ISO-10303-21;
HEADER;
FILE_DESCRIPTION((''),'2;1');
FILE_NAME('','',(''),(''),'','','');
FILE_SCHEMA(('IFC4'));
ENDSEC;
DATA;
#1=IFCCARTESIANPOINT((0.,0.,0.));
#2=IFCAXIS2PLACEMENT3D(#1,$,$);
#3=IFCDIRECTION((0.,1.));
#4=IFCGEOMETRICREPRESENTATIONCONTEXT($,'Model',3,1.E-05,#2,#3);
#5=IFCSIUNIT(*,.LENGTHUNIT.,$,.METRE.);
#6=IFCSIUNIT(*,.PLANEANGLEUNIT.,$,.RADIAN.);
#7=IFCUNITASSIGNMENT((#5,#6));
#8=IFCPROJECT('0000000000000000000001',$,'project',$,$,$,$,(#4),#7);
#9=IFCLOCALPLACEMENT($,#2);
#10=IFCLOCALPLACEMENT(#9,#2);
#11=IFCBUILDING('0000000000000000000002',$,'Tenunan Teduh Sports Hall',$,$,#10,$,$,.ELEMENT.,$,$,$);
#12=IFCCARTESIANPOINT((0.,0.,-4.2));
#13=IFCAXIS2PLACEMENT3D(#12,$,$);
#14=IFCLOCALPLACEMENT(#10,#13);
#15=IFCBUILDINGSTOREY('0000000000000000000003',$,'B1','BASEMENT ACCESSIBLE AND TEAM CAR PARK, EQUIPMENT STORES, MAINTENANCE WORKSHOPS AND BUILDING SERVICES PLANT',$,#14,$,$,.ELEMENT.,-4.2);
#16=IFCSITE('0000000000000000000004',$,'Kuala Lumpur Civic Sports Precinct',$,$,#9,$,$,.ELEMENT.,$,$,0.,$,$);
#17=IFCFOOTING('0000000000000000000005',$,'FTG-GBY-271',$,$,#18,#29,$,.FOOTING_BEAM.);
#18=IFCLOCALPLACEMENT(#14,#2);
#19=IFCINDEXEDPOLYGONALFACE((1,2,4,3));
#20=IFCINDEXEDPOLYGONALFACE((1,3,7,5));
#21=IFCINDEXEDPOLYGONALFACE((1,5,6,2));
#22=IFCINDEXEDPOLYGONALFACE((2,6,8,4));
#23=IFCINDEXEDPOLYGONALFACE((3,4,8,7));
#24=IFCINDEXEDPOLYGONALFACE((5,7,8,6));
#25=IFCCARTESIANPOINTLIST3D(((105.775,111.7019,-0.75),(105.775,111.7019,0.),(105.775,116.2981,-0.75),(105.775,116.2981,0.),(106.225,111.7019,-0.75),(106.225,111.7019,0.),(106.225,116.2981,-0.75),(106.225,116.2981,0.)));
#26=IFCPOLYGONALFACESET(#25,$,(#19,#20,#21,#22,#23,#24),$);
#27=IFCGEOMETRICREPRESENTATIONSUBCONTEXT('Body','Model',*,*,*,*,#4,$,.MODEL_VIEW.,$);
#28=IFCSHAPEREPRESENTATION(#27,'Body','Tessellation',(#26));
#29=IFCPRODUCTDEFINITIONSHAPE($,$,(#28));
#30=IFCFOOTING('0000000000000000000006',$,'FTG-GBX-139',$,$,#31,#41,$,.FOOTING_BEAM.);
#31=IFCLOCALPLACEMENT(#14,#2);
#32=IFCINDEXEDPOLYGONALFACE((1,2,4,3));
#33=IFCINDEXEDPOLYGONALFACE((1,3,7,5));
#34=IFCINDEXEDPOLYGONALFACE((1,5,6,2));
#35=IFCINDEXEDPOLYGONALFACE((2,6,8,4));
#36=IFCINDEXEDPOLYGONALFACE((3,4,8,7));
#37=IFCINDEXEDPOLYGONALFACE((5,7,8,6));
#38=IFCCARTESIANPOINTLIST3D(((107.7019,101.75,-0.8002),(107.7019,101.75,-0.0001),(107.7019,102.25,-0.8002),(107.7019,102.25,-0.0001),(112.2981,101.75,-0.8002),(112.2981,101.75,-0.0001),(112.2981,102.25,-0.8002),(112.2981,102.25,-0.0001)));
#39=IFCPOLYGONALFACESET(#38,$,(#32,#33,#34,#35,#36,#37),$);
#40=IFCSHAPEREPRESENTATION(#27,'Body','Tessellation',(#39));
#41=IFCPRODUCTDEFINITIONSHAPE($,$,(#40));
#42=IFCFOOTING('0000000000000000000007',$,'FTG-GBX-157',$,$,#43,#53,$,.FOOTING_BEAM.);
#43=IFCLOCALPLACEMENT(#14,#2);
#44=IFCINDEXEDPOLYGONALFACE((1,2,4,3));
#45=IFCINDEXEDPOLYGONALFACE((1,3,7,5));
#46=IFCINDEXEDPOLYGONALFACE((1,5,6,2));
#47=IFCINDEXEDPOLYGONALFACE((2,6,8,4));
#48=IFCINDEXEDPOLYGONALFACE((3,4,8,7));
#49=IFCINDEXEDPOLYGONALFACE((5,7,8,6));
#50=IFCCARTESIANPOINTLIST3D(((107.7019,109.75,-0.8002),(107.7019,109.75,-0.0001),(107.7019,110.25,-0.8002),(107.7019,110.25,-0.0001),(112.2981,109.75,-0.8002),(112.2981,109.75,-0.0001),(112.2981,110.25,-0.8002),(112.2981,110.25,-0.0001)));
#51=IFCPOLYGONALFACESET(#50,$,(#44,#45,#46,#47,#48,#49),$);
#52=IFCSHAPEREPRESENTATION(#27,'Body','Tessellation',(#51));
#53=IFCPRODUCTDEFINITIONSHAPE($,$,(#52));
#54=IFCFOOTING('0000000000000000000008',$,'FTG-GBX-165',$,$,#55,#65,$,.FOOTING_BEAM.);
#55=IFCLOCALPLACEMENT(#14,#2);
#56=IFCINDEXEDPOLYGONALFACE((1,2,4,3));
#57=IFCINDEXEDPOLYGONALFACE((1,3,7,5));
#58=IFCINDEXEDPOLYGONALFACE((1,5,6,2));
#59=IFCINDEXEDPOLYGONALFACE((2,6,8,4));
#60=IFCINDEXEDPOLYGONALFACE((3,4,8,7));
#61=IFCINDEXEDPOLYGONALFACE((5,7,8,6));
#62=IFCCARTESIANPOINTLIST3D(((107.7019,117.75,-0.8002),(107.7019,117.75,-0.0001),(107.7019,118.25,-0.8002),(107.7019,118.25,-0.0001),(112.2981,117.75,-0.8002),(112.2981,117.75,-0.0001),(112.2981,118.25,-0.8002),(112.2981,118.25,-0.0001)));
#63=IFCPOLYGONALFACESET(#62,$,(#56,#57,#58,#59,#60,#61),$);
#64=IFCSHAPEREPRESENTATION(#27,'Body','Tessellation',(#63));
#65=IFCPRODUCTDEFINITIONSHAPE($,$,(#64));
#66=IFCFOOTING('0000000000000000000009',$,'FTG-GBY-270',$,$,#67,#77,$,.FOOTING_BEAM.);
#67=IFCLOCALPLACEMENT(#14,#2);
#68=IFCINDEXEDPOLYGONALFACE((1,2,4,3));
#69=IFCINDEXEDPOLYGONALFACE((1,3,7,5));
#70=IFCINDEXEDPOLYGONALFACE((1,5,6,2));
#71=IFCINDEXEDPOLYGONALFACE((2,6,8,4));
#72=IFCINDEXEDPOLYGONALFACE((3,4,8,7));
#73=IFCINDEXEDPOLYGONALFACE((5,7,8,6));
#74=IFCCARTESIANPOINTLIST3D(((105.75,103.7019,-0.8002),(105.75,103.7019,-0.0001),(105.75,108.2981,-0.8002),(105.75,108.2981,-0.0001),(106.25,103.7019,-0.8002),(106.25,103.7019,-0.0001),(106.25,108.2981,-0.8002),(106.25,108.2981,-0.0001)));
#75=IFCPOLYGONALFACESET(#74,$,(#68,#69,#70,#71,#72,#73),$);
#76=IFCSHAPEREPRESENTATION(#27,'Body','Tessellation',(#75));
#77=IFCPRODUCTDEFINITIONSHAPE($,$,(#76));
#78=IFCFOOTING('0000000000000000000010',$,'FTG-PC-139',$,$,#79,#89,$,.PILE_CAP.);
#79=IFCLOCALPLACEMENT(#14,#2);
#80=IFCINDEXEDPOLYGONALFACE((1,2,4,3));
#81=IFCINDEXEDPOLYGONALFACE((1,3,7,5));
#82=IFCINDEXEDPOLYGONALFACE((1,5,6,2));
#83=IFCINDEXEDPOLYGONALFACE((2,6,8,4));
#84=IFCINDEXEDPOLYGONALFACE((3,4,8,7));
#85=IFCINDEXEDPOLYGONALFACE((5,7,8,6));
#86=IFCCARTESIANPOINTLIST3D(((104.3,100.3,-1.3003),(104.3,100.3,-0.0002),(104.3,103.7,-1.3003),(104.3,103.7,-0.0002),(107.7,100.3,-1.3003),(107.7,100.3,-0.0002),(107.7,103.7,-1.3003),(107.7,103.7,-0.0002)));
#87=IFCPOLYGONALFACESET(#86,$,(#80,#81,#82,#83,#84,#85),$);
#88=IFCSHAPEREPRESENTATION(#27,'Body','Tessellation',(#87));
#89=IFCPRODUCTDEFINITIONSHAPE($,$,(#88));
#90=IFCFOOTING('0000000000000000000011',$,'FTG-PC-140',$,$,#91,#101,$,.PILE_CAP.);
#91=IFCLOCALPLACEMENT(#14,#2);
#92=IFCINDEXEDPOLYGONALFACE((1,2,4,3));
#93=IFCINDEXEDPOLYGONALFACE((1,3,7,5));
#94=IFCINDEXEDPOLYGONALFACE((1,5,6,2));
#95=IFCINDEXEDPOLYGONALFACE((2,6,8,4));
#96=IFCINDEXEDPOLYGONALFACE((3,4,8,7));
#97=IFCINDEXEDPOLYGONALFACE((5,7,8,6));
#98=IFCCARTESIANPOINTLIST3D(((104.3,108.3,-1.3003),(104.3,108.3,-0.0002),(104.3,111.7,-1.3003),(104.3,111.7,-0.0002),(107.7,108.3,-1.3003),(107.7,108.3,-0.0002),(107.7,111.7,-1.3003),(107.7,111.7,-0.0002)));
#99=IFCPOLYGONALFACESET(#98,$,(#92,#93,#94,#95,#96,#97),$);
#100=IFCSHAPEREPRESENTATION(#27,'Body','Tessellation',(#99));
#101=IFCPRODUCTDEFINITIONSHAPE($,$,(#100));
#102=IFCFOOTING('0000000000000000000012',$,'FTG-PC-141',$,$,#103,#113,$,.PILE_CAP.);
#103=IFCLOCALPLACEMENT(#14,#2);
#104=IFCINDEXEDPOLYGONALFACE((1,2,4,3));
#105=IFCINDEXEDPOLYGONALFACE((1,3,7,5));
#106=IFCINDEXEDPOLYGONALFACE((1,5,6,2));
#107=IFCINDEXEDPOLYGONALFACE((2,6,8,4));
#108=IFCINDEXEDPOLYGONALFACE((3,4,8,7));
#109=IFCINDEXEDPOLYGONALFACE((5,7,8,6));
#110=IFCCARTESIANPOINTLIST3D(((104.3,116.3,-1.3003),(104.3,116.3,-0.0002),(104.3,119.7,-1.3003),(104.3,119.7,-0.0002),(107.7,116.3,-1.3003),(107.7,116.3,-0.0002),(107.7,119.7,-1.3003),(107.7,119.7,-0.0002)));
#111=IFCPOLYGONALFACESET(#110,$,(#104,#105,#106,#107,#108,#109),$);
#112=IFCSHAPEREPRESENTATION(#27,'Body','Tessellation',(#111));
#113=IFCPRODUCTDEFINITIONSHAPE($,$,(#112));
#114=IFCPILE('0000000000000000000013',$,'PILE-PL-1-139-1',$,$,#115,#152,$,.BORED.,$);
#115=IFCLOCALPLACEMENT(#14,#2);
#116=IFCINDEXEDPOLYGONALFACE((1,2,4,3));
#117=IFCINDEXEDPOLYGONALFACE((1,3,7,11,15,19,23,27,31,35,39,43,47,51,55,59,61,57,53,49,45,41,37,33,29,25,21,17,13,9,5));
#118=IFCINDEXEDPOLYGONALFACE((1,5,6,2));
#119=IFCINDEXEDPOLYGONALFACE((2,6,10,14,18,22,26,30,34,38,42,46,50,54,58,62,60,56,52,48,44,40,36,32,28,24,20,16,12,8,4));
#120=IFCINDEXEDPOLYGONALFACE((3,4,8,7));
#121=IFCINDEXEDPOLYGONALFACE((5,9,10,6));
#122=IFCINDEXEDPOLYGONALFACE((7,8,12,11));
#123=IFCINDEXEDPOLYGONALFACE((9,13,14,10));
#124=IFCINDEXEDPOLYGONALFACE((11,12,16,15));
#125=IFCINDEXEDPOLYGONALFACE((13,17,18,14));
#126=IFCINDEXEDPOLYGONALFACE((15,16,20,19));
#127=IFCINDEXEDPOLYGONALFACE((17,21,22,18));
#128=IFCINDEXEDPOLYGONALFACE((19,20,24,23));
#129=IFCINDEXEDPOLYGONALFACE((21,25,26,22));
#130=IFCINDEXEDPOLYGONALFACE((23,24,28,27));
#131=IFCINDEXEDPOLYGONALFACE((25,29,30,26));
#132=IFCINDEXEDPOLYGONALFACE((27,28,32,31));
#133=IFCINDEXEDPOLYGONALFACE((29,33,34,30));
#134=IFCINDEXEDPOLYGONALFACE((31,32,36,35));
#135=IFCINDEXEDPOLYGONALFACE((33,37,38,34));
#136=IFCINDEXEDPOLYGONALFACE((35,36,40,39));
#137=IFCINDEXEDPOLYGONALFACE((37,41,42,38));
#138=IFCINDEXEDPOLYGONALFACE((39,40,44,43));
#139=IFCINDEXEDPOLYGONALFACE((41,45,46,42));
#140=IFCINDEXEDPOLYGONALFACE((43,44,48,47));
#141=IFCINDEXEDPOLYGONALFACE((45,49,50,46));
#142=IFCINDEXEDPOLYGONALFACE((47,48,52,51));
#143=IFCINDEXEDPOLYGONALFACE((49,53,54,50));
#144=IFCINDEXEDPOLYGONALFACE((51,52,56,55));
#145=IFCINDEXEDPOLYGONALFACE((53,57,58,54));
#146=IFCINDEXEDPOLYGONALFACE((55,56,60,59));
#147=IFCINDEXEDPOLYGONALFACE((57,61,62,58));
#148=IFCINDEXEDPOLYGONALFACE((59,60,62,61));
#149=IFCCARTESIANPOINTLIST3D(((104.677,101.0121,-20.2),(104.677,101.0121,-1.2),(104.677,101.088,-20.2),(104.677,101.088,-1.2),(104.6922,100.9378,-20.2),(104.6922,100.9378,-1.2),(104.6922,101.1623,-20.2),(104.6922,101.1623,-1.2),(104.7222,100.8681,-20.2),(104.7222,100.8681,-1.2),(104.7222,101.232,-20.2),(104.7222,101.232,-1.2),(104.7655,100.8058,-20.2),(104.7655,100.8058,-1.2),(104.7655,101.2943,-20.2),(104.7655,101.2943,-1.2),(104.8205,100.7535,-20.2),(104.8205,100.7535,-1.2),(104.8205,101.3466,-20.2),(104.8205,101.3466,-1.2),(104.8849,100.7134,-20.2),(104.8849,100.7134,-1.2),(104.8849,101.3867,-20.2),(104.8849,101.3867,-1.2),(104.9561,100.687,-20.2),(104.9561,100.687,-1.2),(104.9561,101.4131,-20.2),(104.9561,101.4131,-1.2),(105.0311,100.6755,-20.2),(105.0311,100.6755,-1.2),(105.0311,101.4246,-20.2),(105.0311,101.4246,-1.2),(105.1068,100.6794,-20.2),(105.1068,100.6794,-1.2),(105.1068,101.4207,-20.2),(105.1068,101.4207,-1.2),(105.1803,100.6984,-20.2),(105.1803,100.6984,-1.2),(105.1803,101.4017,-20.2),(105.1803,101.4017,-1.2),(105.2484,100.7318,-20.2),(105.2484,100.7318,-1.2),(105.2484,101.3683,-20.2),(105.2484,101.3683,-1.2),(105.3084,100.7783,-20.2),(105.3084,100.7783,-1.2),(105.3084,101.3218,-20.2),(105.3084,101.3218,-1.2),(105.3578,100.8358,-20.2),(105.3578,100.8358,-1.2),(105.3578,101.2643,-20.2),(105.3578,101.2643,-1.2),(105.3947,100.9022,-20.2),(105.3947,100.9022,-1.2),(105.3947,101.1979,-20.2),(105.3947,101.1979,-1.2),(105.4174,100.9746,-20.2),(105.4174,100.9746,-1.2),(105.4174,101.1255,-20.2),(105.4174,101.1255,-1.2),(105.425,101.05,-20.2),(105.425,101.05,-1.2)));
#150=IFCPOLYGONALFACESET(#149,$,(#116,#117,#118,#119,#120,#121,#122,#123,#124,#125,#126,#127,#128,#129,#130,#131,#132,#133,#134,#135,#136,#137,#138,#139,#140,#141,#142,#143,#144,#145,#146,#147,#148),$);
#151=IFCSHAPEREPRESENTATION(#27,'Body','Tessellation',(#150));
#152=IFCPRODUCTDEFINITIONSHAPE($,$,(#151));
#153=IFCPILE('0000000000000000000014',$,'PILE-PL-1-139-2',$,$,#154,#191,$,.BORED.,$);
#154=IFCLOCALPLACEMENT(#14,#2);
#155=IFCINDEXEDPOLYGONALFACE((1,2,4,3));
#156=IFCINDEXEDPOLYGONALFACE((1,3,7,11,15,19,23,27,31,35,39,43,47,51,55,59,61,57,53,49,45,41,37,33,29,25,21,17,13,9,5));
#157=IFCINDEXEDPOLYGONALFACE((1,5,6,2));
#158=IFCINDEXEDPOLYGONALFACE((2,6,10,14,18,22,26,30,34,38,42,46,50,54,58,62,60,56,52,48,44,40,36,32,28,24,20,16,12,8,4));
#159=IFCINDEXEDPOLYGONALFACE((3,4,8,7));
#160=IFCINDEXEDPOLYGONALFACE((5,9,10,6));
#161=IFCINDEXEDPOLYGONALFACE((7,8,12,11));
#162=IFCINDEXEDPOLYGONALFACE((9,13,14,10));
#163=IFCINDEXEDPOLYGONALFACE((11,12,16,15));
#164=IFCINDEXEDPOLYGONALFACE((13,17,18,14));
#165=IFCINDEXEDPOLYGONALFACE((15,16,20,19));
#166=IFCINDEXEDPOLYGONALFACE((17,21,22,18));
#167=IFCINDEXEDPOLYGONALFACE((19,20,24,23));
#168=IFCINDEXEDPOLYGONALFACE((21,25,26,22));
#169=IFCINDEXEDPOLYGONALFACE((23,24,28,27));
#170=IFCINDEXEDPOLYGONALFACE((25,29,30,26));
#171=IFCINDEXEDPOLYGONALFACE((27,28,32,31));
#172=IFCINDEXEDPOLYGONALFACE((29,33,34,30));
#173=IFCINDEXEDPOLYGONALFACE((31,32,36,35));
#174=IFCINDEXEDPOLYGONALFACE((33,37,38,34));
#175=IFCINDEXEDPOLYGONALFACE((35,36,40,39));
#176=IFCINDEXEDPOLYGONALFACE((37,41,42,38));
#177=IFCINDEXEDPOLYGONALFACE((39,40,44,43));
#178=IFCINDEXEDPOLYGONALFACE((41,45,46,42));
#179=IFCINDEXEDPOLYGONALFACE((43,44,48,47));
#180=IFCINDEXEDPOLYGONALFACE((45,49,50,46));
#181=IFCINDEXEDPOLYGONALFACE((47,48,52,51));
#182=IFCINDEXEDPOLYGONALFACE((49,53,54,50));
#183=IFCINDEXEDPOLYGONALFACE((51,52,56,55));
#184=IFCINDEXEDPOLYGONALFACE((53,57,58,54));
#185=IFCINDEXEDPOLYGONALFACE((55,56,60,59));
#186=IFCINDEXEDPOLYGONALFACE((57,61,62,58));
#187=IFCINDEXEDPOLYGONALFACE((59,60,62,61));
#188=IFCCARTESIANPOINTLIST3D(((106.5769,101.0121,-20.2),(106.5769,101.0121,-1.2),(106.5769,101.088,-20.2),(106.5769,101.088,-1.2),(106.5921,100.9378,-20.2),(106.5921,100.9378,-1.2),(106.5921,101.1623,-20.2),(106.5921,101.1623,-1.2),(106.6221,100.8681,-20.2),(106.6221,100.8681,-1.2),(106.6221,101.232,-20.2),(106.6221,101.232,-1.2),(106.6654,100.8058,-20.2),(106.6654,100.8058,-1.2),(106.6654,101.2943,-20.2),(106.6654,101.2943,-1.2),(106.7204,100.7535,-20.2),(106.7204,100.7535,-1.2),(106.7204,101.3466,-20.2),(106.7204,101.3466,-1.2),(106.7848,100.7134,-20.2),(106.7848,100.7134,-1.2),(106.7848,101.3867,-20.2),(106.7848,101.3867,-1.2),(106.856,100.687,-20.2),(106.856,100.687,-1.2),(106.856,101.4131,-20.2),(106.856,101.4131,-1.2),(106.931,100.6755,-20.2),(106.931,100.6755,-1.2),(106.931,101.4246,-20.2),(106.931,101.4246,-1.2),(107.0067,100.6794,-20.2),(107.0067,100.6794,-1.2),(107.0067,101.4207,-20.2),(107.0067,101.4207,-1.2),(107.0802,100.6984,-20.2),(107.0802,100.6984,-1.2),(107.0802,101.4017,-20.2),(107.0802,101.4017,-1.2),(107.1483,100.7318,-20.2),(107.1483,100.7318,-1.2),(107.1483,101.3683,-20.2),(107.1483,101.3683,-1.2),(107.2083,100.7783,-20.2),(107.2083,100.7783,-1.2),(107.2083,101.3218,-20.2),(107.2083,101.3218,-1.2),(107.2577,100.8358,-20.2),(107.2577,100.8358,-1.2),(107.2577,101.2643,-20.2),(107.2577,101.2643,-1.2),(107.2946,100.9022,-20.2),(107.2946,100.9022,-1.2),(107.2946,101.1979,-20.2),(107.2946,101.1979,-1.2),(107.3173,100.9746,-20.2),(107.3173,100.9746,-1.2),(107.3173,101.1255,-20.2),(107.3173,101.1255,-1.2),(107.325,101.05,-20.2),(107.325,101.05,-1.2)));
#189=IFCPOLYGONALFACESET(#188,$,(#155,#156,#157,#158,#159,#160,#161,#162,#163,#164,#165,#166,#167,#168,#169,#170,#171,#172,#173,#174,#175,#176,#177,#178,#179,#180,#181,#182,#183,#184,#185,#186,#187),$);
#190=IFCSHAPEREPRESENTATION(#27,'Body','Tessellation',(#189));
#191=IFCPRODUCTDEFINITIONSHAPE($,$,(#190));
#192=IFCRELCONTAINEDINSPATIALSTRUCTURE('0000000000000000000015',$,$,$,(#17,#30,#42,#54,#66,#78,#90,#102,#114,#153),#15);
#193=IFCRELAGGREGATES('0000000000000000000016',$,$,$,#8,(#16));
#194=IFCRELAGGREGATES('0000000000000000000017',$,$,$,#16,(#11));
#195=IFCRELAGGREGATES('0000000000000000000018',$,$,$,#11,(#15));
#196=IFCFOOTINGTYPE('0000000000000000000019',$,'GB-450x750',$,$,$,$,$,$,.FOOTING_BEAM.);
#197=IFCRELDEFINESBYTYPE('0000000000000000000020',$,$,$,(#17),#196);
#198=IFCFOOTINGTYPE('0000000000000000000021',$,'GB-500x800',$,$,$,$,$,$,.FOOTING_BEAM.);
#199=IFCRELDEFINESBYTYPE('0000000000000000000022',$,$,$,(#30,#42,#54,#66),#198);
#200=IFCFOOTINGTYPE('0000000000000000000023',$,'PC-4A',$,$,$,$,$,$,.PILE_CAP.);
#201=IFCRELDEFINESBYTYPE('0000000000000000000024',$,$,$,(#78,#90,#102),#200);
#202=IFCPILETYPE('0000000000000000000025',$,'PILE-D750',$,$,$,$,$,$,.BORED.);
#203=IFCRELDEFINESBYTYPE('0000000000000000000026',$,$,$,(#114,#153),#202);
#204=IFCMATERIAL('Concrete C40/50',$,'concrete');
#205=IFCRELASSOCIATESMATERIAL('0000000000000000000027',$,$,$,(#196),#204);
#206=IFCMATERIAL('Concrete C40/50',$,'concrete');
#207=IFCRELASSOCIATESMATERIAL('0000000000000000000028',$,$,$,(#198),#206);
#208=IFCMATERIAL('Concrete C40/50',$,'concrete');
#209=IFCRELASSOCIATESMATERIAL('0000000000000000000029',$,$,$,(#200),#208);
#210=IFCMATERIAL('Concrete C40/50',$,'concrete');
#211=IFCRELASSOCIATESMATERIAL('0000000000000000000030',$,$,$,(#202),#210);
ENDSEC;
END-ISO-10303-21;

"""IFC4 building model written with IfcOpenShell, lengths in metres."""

from ifc_helpers import new_model, si_unit, direction, frame, origin, origin_2d, place, context, subcontext, project, spatial, rectangle, circle, extrude, material, material_profile, profile_set, type_object, element, save


model = new_model("IFC4")

# Units and contexts
model_context = context("Model", 3, precision=1e-05, world=origin(), true_north=direction((0.0, 1.0)))
body_context = subcontext(model_context, "Body", "Model", "MODEL_VIEW")
ifc_project = project(units=[si_unit("LENGTHUNIT", "METRE"), si_unit("PLANEANGLEUNIT", "RADIAN")], contexts=[model_context])

# Site, building, storey
site_placement = place(None, origin())
site = spatial("IfcSite", under=ifc_project, at=site_placement, Name="Kuala Lumpur Civic Sports Precinct", CompositionType="ELEMENT", RefElevation=0.0)
building_placement = place(site_placement, origin())
building = spatial("IfcBuilding", under=site, at=building_placement, Name="Tenunan Teduh Sports Hall", CompositionType="ELEMENT")
storey_placement = place(building_placement, frame((0.0, 0.0, -4.2)))
storey = spatial("IfcBuildingStorey", under=building, at=storey_placement, Name="B1", Description="BASEMENT ACCESSIBLE AND TEAM CAR PARK, EQUIPMENT STORES, MAINTENANCE WORKSHOPS AND BUILDING SERVICES PLANT", CompositionType="ELEMENT", Elevation=-4.2)

# Footings
ifc_material_1 = material(Name="Concrete C40/50", Category="concrete")
ifc_material_profile_1 = material_profile(ifc_material_1, rectangle(XDim=0.45, YDim=0.75, at=origin_2d()), Name="RCB 450x750")
ifc_profile_set_1 = profile_set([ifc_material_profile_1], Name="Concrete C40/50")
footing_type_1 = type_object("IfcFootingType", Name="GB-450x750", PredefinedType="FOOTING_BEAM", material=ifc_profile_set_1)
footing_placement = place(storey_placement, frame((106.0, 111.7019, -0.375), z_axis=(0.0, 1.0, 0.0), x_axis=(-1.0, 0.0, 0.0)))
element("IfcFooting", 1, at=footing_placement, inside=storey, type_object=footing_type_1, Name="FTG-GBY-271", PredefinedType="FOOTING_BEAM", context=body_context, shape_type="SweptSolid", body=[
    extrude(rectangle(XDim=0.45, YDim=0.75, at=origin_2d()), origin(), (0.0, 0.0, 1.0), 4.5962),
])
ifc_material_2 = material(Name="Concrete C40/50", Category="concrete")
ifc_material_profile_2 = material_profile(ifc_material_2, rectangle(XDim=0.5, YDim=0.8, at=origin_2d()), Name="RCB 500x800")
ifc_profile_set_2 = profile_set([ifc_material_profile_2], Name="Concrete C40/50")
footing_type_2 = type_object("IfcFootingType", Name="GB-500x800", PredefinedType="FOOTING_BEAM", material=ifc_profile_set_2)
for number, where, z_axis, x_axis, name in (
    (2, (107.7019, 102.0, -0.4001), (1.0, 0.0, 0.0), (0.0, 1.0, 0.0), "FTG-GBX-139"),
    (3, (107.7019, 110.0, -0.4001), (1.0, 0.0, 0.0), (0.0, 1.0, 0.0), "FTG-GBX-157"),
    (4, (107.7019, 118.0, -0.4001), (1.0, 0.0, 0.0), (0.0, 1.0, 0.0), "FTG-GBX-165"),
    (5, (106.0, 103.7019, -0.4001), (0.0, 1.0, 0.0), (-1.0, 0.0, 0.0), "FTG-GBY-270"),
):
    element("IfcFooting", number, at=place(storey_placement, frame(where, z_axis=z_axis, x_axis=x_axis)), inside=storey, type_object=footing_type_2, Name=name, PredefinedType="FOOTING_BEAM", context=body_context, shape_type="SweptSolid", body=[
        extrude(rectangle(XDim=0.5, YDim=0.8, at=origin_2d()), origin(), (0.0, 0.0, 1.0), 4.5962),
    ])
ifc_material_3 = material(Name="Concrete C40/50", Category="concrete")
footing_type_3 = type_object("IfcFootingType", Name="PC-4A", PredefinedType="PILE_CAP", material=ifc_material_3)
for number, where, z_axis, x_axis, name in (
    (6, (106.0, 102.0, -1.3003), (0.0, 0.0, 1.0), (1.0, 0.0, 0.0), "FTG-PC-139"),
    (7, (106.0, 110.0, -1.3003), (0.0, 0.0, 1.0), (1.0, 0.0, 0.0), "FTG-PC-140"),
    (8, (106.0, 118.0, -1.3003), (0.0, 0.0, 1.0), (1.0, 0.0, 0.0), "FTG-PC-141"),
):
    element("IfcFooting", number, at=place(storey_placement, frame(where, z_axis=z_axis, x_axis=x_axis)), inside=storey, type_object=footing_type_3, Name=name, PredefinedType="PILE_CAP", context=body_context, shape_type="SweptSolid", body=[
        extrude(rectangle(XDim=3.3999, YDim=3.3999, at=origin_2d()), origin(), (0.0, 0.0, 1.0), 1.3),
    ])

# Piles
ifc_material_4 = material(Name="Concrete C40/50", Category="concrete")
ifc_material_profile_3 = material_profile(ifc_material_4, circle(Radius=0.375, at=origin_2d()), Name="PILE D750")
ifc_profile_set_3 = profile_set([ifc_material_profile_3], Name="Concrete C40/50")
pile_type = type_object("IfcPileType", Name="PILE-D750", PredefinedType="BORED", material=ifc_profile_set_3)
for number, where, z_axis, x_axis, name in (
    (9, (105.05, 101.05, -1.2), (0.0, 0.0, -1.0), (1.0, 0.0, 0.0), "PILE-PL-1-139-1"),
    (10, (106.95, 101.05, -1.2), (0.0, 0.0, -1.0), (1.0, 0.0, 0.0), "PILE-PL-1-139-2"),
):
    element("IfcPile", number, at=place(storey_placement, frame(where, z_axis=z_axis, x_axis=x_axis)), inside=storey, type_object=pile_type, Name=name, PredefinedType="BORED", context=body_context, shape_type="SweptSolid", body=[
        extrude(circle(Radius=0.375, at=origin_2d()), origin(), (0.0, 0.0, 1.0), 19.0),
    ])

save(model, "model.ifc")
